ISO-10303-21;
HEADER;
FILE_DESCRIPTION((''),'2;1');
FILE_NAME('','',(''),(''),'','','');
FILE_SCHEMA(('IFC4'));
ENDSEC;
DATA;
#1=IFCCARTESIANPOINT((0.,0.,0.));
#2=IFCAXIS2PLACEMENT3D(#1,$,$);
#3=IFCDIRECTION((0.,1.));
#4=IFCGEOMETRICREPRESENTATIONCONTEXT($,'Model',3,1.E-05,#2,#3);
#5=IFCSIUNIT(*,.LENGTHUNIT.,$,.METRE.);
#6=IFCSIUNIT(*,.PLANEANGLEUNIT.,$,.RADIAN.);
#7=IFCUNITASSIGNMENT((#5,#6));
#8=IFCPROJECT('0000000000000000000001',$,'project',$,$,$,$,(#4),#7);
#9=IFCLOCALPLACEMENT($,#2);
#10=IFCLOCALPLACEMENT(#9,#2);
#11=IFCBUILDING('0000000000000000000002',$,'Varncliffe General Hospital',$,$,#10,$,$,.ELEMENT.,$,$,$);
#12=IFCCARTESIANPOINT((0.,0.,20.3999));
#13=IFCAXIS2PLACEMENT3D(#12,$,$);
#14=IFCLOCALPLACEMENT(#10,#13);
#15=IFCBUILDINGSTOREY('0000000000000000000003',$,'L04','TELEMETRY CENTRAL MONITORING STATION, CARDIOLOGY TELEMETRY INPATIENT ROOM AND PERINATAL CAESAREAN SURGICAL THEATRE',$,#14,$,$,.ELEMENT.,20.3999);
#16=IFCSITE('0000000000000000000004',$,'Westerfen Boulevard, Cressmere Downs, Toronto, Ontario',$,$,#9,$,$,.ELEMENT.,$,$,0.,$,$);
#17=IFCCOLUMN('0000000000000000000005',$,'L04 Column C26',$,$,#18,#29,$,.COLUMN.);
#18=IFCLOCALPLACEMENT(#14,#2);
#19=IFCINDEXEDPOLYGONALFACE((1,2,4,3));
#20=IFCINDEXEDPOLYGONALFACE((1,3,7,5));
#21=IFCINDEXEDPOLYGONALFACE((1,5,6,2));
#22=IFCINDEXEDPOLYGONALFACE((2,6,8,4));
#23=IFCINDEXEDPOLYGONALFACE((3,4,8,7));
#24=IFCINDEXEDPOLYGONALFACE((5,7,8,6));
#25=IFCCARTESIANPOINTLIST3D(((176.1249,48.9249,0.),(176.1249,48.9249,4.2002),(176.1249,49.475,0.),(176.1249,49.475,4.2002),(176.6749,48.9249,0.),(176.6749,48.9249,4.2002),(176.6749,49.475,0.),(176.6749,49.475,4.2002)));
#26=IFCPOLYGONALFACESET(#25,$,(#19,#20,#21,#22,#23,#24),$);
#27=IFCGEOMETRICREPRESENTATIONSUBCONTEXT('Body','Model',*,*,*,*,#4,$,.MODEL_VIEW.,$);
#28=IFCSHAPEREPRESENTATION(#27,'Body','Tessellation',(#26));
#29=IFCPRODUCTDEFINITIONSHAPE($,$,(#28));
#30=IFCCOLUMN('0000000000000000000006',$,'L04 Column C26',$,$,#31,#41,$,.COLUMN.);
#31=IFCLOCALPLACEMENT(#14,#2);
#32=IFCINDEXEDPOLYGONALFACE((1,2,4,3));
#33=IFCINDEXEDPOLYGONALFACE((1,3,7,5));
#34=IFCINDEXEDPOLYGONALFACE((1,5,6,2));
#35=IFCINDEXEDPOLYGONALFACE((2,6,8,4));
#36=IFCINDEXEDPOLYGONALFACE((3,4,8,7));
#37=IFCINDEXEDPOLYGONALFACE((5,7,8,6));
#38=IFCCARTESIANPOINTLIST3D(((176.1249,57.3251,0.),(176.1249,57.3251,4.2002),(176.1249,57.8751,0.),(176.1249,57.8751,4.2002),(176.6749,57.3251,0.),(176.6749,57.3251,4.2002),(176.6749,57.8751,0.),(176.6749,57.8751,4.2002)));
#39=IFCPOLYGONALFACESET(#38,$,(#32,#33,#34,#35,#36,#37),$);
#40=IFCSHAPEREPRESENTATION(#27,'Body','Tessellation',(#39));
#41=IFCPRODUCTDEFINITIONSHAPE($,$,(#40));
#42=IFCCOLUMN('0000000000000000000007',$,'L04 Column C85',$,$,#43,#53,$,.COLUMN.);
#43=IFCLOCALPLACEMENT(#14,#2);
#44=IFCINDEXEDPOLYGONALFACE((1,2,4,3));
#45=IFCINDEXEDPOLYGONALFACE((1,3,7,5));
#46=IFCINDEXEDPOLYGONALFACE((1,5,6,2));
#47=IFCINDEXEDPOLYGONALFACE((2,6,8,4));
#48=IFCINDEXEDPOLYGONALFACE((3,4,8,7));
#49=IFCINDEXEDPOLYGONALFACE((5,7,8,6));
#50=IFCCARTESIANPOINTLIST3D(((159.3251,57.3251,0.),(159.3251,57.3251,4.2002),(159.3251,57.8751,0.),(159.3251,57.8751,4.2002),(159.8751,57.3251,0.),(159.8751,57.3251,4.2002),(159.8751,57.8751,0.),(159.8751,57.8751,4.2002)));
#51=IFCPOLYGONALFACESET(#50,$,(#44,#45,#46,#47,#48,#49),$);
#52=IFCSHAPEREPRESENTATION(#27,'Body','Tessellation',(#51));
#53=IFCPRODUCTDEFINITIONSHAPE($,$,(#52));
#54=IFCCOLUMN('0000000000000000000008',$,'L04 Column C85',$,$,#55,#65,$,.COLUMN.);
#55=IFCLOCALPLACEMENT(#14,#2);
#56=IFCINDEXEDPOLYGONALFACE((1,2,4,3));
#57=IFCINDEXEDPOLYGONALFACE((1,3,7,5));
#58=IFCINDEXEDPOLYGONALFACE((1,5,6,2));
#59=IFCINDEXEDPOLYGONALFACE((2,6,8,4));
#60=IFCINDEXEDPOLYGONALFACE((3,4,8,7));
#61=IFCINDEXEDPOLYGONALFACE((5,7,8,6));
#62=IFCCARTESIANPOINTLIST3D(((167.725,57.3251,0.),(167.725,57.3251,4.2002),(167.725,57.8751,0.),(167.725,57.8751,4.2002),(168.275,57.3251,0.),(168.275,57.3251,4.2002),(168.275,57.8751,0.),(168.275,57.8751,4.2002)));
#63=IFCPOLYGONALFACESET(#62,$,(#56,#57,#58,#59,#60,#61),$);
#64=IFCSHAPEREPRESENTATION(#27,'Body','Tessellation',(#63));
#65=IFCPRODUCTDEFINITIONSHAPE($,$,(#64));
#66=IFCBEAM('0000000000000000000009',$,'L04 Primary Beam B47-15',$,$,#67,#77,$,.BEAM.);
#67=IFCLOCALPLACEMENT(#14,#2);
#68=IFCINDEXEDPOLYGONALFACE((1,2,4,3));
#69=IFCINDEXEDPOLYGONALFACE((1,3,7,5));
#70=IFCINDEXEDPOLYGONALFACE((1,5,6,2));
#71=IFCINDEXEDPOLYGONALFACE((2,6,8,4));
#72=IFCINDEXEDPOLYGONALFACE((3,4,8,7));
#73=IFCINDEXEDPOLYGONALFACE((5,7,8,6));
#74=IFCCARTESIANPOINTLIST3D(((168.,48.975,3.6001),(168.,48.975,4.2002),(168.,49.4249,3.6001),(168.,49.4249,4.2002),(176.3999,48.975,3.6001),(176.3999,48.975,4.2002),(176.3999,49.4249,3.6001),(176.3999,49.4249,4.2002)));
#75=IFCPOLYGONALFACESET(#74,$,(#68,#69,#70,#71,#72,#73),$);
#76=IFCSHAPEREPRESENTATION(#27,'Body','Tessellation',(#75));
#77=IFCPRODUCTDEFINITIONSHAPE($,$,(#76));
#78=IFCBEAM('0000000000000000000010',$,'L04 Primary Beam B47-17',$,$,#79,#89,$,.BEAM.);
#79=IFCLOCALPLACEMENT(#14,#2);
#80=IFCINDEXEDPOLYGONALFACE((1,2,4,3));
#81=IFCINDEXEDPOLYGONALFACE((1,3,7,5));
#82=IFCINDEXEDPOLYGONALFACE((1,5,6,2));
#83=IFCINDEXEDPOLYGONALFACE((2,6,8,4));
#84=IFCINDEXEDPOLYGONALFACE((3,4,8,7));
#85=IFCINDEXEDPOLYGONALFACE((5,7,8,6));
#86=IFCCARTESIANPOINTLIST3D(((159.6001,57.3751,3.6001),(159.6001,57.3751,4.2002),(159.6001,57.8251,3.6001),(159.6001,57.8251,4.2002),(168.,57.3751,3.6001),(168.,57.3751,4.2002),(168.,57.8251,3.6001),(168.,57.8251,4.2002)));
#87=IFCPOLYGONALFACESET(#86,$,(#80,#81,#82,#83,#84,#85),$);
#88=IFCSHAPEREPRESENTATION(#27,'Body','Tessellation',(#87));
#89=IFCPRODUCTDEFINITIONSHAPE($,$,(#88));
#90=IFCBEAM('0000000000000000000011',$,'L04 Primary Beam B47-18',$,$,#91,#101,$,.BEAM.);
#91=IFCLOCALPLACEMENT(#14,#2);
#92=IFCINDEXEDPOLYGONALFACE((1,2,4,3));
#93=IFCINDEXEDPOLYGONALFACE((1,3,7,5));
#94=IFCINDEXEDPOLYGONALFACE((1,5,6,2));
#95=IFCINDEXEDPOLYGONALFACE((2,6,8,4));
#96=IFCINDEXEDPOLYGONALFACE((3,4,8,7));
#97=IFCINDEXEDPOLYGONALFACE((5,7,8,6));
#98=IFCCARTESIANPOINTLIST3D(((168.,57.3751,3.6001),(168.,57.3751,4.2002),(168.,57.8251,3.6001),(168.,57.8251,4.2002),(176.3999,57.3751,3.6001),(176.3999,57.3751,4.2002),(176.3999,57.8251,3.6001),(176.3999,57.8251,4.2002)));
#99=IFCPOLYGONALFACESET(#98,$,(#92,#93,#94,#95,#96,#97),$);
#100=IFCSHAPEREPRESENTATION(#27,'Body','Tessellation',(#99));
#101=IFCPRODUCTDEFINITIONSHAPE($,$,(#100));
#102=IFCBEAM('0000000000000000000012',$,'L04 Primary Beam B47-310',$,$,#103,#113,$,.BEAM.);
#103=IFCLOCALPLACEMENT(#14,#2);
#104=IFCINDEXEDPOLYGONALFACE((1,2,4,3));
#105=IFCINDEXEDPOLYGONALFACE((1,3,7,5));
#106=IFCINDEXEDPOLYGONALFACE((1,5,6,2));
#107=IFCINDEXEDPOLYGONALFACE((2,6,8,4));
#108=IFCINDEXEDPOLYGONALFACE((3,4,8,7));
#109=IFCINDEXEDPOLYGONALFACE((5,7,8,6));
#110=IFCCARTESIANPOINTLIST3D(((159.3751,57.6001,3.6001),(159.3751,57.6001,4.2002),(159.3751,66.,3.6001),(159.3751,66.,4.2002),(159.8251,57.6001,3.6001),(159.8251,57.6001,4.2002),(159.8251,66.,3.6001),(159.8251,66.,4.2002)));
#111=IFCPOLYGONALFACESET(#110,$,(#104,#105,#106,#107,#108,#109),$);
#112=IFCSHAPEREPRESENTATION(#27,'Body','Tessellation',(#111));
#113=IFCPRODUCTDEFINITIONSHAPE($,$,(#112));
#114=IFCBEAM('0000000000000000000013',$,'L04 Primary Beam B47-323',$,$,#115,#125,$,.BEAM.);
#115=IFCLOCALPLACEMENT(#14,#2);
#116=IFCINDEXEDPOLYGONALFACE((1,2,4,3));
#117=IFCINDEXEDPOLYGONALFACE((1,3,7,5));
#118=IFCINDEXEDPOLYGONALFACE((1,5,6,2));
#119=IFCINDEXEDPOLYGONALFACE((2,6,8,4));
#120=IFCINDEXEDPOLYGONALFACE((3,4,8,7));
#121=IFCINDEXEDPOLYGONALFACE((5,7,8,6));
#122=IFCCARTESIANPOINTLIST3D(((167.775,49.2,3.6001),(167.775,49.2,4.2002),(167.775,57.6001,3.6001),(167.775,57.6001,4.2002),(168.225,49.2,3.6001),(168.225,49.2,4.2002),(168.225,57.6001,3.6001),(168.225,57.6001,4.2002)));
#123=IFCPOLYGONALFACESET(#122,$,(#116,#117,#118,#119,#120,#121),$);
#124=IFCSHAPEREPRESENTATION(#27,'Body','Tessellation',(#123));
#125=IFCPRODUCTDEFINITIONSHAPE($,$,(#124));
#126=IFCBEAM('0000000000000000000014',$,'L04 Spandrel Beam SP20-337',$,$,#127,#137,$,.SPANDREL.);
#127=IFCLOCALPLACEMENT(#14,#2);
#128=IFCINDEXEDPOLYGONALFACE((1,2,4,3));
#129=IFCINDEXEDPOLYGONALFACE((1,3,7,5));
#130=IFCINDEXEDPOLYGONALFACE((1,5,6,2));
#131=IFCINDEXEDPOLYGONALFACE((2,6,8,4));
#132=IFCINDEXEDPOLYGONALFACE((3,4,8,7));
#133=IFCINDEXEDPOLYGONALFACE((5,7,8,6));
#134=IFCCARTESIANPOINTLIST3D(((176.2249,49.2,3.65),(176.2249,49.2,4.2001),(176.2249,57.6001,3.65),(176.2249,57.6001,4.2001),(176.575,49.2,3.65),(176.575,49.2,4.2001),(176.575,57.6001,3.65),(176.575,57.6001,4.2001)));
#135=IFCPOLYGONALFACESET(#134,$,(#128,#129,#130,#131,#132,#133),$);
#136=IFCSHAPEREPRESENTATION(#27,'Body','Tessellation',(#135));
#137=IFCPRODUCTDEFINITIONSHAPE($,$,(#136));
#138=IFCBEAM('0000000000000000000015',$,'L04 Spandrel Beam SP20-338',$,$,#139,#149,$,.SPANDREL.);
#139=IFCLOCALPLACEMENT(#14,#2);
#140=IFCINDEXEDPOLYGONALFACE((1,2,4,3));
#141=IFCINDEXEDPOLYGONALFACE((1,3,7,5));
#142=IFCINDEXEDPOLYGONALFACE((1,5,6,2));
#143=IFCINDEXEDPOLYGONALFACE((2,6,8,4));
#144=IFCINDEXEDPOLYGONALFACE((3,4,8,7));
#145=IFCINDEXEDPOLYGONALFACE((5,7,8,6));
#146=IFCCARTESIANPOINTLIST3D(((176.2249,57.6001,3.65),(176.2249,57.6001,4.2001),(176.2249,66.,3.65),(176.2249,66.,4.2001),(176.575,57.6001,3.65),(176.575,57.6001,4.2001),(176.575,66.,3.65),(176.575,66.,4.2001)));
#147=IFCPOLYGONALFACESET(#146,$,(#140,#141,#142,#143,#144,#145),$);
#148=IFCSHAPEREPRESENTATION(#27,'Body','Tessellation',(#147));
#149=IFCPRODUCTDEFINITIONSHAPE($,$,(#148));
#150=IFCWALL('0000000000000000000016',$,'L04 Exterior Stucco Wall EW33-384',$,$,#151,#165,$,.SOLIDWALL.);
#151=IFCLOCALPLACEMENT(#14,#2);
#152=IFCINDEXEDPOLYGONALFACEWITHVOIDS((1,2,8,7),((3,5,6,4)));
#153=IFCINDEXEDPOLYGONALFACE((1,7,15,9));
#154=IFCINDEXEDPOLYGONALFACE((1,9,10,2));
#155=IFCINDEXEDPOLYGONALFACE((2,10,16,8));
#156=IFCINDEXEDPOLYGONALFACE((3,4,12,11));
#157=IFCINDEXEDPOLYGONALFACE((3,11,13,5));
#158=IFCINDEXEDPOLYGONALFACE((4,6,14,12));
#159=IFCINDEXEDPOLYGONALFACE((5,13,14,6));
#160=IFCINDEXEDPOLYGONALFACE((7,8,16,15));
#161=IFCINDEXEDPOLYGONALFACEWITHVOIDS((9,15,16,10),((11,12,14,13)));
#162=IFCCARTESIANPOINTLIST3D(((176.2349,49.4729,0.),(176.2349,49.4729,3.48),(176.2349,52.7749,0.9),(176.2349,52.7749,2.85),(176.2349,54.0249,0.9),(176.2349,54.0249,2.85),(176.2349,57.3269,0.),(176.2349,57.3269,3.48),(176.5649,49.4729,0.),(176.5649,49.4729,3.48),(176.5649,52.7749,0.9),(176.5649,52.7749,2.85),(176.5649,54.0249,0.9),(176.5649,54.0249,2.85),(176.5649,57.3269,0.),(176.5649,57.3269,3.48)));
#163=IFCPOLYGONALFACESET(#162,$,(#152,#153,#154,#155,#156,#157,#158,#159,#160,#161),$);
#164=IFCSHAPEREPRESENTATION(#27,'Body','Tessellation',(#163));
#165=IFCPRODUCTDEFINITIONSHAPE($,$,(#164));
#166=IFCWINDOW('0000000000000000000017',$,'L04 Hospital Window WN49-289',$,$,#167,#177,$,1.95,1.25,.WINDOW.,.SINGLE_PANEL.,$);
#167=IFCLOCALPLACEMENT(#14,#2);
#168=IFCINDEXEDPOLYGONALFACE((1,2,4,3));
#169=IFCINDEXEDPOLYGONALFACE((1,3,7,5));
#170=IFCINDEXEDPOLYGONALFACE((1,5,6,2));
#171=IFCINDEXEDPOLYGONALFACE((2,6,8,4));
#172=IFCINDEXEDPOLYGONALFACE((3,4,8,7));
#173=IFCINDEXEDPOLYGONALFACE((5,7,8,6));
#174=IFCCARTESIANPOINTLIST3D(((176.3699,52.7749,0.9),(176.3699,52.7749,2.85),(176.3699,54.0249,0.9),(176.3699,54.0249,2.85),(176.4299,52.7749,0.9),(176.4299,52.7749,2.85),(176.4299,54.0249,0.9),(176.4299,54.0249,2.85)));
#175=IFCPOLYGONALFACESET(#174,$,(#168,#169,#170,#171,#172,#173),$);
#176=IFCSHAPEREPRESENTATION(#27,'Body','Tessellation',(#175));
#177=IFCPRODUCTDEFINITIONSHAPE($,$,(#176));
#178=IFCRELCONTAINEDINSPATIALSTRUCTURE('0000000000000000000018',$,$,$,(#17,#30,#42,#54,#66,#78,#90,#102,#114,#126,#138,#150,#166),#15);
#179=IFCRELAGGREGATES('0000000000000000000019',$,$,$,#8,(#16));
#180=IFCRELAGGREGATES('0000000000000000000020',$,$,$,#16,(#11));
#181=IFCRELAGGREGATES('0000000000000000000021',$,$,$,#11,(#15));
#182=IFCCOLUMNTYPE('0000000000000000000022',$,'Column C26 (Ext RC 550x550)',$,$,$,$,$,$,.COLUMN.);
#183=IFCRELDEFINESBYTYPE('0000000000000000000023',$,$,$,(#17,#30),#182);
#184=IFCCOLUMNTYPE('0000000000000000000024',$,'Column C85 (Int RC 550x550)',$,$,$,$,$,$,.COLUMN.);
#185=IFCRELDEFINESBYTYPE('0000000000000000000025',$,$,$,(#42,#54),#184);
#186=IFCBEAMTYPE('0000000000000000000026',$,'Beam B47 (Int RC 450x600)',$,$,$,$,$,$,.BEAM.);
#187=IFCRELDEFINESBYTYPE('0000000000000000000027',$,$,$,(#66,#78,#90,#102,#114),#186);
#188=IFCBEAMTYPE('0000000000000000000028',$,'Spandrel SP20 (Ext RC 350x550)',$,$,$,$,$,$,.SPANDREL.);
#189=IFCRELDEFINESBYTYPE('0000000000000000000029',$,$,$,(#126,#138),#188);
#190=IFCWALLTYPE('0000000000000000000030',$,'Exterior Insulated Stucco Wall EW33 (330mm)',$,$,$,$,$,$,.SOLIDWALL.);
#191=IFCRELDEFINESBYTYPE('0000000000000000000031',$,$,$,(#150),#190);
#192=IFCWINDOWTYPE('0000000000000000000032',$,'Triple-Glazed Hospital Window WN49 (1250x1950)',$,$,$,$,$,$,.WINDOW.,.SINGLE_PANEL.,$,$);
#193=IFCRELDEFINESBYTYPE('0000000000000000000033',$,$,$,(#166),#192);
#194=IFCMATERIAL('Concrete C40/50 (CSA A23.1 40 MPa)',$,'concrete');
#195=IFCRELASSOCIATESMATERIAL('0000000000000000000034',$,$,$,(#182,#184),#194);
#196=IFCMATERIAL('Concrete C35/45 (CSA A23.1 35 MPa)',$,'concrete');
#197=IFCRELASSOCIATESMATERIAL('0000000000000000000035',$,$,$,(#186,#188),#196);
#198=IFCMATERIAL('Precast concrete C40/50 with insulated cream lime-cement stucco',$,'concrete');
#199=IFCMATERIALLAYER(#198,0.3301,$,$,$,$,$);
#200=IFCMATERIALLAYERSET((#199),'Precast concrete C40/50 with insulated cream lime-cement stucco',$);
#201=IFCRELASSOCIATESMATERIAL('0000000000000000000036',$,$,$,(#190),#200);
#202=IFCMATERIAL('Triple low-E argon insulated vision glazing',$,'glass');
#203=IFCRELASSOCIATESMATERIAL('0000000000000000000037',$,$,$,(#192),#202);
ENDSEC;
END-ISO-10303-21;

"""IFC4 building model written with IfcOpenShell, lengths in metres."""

from ifc_helpers import new_model, si_unit, direction, frame, frame_2d, origin, origin_2d, place, context, subcontext, project, spatial, rectangle, extrude, material, layer, layer_set, material_profile, profile_set, type_object, element, fill, save


model = new_model("IFC4")

# Units and contexts
model_context = context("Model", 3, precision=1e-05, world=origin(), true_north=direction((0.0, 1.0)))
body_context = subcontext(model_context, "Body", "Model", "MODEL_VIEW")
ifc_project = project(units=[si_unit("LENGTHUNIT", "METRE"), si_unit("PLANEANGLEUNIT", "RADIAN")], contexts=[model_context])

# Site, building, storey
site_placement = place(None, origin())
site = spatial("IfcSite", under=ifc_project, at=site_placement, Name="Westerfen Boulevard, Cressmere Downs, Toronto, Ontario", CompositionType="ELEMENT", RefElevation=0.0)
building_placement = place(site_placement, origin())
building = spatial("IfcBuilding", under=site, at=building_placement, Name="Varncliffe General Hospital", CompositionType="ELEMENT")
storey_placement = place(building_placement, frame((0.0, 0.0, 20.3999)))
storey = spatial("IfcBuildingStorey", under=building, at=storey_placement, Name="L04", Description="TELEMETRY CENTRAL MONITORING STATION, CARDIOLOGY TELEMETRY INPATIENT ROOM AND PERINATAL CAESAREAN SURGICAL THEATRE", CompositionType="ELEMENT", Elevation=20.3999)

# Columns
ifc_material_1 = material(Name="Concrete C40/50 (CSA A23.1 40 MPa)", Category="concrete")
ifc_material_profile_1 = material_profile(ifc_material_1, rectangle(XDim=0.55, YDim=0.55, at=origin_2d()), Name="RC 550x550")
ifc_profile_set_1 = profile_set([ifc_material_profile_1], Name="Concrete C40/50 (CSA A23.1 40 MPa)")
column_type_1 = type_object("IfcColumnType", Name="Column C26 (Ext RC 550x550)", PredefinedType="COLUMN", material=ifc_profile_set_1)
for number, where, z_axis, x_axis, name in (
    (1, (176.3999, 49.2, 0.0), (0.0, 0.0, 1.0), (1.0, 0.0, 0.0), "L04 Column C26"),
    (2, (176.3999, 57.6001, 0.0), (0.0, 0.0, 1.0), (1.0, 0.0, 0.0), "L04 Column C26"),
):
    element("IfcColumn", number, at=place(storey_placement, frame(where, z_axis=z_axis, x_axis=x_axis)), inside=storey, type_object=column_type_1, Name=name, PredefinedType="COLUMN", context=body_context, shape_type="SweptSolid", body=[
        extrude(rectangle(XDim=0.55, YDim=0.55, at=origin_2d()), origin(), (0.0, 0.0, 1.0), 4.2002),
    ])
ifc_material_profile_2 = material_profile(ifc_material_1, rectangle(XDim=0.55, YDim=0.55, at=origin_2d()), Name="RC 550x550")
ifc_profile_set_2 = profile_set([ifc_material_profile_2], Name="Concrete C40/50 (CSA A23.1 40 MPa)")
column_type_2 = type_object("IfcColumnType", Name="Column C85 (Int RC 550x550)", PredefinedType="COLUMN", material=ifc_profile_set_2)
for number, where, z_axis, x_axis, name in (
    (3, (159.6001, 57.6001, 0.0), (0.0, 0.0, 1.0), (1.0, 0.0, 0.0), "L04 Column C85"),
    (4, (168.0, 57.6001, 0.0), (0.0, 0.0, 1.0), (1.0, 0.0, 0.0), "L04 Column C85"),
):
    element("IfcColumn", number, at=place(storey_placement, frame(where, z_axis=z_axis, x_axis=x_axis)), inside=storey, type_object=column_type_2, Name=name, PredefinedType="COLUMN", context=body_context, shape_type="SweptSolid", body=[
        extrude(rectangle(XDim=0.55, YDim=0.55, at=origin_2d()), origin(), (0.0, 0.0, 1.0), 4.2002),
    ])

# Beams
ifc_material_2 = material(Name="Concrete C35/45 (CSA A23.1 35 MPa)", Category="concrete")
ifc_material_profile_3 = material_profile(ifc_material_2, rectangle(XDim=0.45, YDim=0.6001, at=origin_2d()), Name="RC 450x600")
ifc_profile_set_3 = profile_set([ifc_material_profile_3], Name="Concrete C35/45 (CSA A23.1 35 MPa)")
beam_type_1 = type_object("IfcBeamType", Name="Beam B47 (Int RC 450x600)", PredefinedType="BEAM", material=ifc_profile_set_3)
for number, where, z_axis, x_axis, name in (
    (5, (168.0, 49.2, 3.9001), (1.0, 0.0, 0.0), (0.0, 1.0, 0.0), "L04 Primary Beam B47-15"),
    (6, (159.6001, 57.6001, 3.9001), (1.0, 0.0, 0.0), (0.0, 1.0, 0.0), "L04 Primary Beam B47-17"),
    (7, (168.0, 57.6001, 3.9001), (1.0, 0.0, 0.0), (0.0, 1.0, 0.0), "L04 Primary Beam B47-18"),
    (8, (159.6001, 57.6001, 3.9001), (0.0, 1.0, 0.0), (-1.0, 0.0, 0.0), "L04 Primary Beam B47-310"),
):
    element("IfcBeam", number, at=place(storey_placement, frame(where, z_axis=z_axis, x_axis=x_axis)), inside=storey, type_object=beam_type_1, Name=name, PredefinedType="BEAM", context=body_context, shape_type="SweptSolid", body=[
        extrude(rectangle(XDim=0.45, YDim=0.6001, at=origin_2d()), origin(), (0.0, 0.0, 1.0), 8.3999),
    ])
beam_1_placement = place(storey_placement, frame((168.0, 49.2, 3.9001), z_axis=(0.0, 1.0, 0.0), x_axis=(-1.0, 0.0, 0.0)))
element("IfcBeam", 9, at=beam_1_placement, inside=storey, type_object=beam_type_1, Name="L04 Primary Beam B47-323", PredefinedType="BEAM", context=body_context, shape_type="SweptSolid", body=[
    extrude(rectangle(XDim=0.45, YDim=0.6001, at=origin_2d()), origin(), (0.0, 0.0, 1.0), 8.4001),
])
ifc_material_profile_4 = material_profile(ifc_material_2, rectangle(XDim=0.3501, YDim=0.55, at=origin_2d()), Name="RC 350x550")
ifc_profile_set_4 = profile_set([ifc_material_profile_4], Name="Concrete C35/45 (CSA A23.1 35 MPa)")
beam_type_2 = type_object("IfcBeamType", Name="Spandrel SP20 (Ext RC 350x550)", PredefinedType="SPANDREL", material=ifc_profile_set_4)
beam_2_placement = place(storey_placement, frame((176.3999, 49.2, 3.925), z_axis=(0.0, 1.0, 0.0), x_axis=(-1.0, 0.0, 0.0)))
element("IfcBeam", 10, at=beam_2_placement, inside=storey, type_object=beam_type_2, Name="L04 Spandrel Beam SP20-337", PredefinedType="SPANDREL", context=body_context, shape_type="SweptSolid", body=[
    extrude(rectangle(XDim=0.3501, YDim=0.55, at=origin_2d()), origin(), (0.0, 0.0, 1.0), 8.4001),
])
beam_3_placement = place(storey_placement, frame((176.3999, 57.6001, 3.925), z_axis=(0.0, 1.0, 0.0), x_axis=(-1.0, 0.0, 0.0)))
element("IfcBeam", 11, at=beam_3_placement, inside=storey, type_object=beam_type_2, Name="L04 Spandrel Beam SP20-338", PredefinedType="SPANDREL", context=body_context, shape_type="SweptSolid", body=[
    extrude(rectangle(XDim=0.3501, YDim=0.55, at=origin_2d()), origin(), (0.0, 0.0, 1.0), 8.3999),
])

# Wall, opening, window
ifc_material_3 = material(Name="Precast concrete C40/50 with insulated cream lime-cement stucco", Category="concrete")
ifc_layer_1 = layer(ifc_material_3, 0.3301)
ifc_layer_set_1 = layer_set([ifc_layer_1], Name="Precast concrete C40/50 with insulated cream lime-cement stucco")
wall_type_1 = type_object("IfcWallType", Name="Exterior Insulated Stucco Wall EW33 (330mm)", PredefinedType="SOLIDWALL", material=ifc_layer_set_1)
wall_1_placement = place(storey_placement, frame((176.3999, 57.3269, 0.0), z_axis=(0.0, 0.0, 1.0), x_axis=(0.0, -1.0, 0.0)))
wall_1 = element("IfcWall", 12, at=wall_1_placement, inside=storey, type_object=wall_type_1, Name="L04 Exterior Stucco Wall EW33-384", PredefinedType="SOLIDWALL", context=body_context, shape_type="SweptSolid", body=[
    extrude(rectangle(XDim=7.854, YDim=0.3301, at=frame_2d((3.927, 0.0))), origin(), (0.0, 0.0, 1.0), 3.48),
])
opening_1_placement = place(wall_1_placement, frame((3.302, 0.0, 0.8999)))
opening_1 = element("IfcOpeningElement", 13, at=opening_1_placement, cuts=wall_1, PredefinedType="OPENING", context=body_context, shape_type="SweptSolid", body=[
    extrude(rectangle(XDim=1.25, YDim=1.95, at=frame_2d((0.625, 0.9751))), frame((0.0, 0.175, 0.0), z_axis=(0.0, -1.0, 0.0), x_axis=(1.0, 0.0, 0.0)), (0.0, 0.0, 1.0), 0.3501),
])
ifc_material_4 = material(Name="Triple low-E argon insulated vision glazing", Category="glass")
window_type = type_object("IfcWindowType", Name="Triple-Glazed Hospital Window WN49 (1250x1950)", PartitioningType="SINGLE_PANEL", PredefinedType="WINDOW", material=ifc_material_4)
window_placement = place(opening_1_placement, origin())
window = element("IfcWindow", 14, at=window_placement, inside=storey, type_object=window_type, Name="L04 Hospital Window WN49-289", OverallHeight=1.95, OverallWidth=1.25, PartitioningType="SINGLE_PANEL", PredefinedType="WINDOW", context=body_context, shape_type="SweptSolid", body=[
    extrude(rectangle(XDim=1.25, YDim=1.95, at=frame_2d((0.625, 0.9751))), frame((0.0, 0.03, 0.0), z_axis=(0.0, -1.0, 0.0), x_axis=(1.0, 0.0, 0.0)), (0.0, 0.0, 1.0), 0.0601),
])
fill(opening_1, window)

save(model, "model.ifc")
